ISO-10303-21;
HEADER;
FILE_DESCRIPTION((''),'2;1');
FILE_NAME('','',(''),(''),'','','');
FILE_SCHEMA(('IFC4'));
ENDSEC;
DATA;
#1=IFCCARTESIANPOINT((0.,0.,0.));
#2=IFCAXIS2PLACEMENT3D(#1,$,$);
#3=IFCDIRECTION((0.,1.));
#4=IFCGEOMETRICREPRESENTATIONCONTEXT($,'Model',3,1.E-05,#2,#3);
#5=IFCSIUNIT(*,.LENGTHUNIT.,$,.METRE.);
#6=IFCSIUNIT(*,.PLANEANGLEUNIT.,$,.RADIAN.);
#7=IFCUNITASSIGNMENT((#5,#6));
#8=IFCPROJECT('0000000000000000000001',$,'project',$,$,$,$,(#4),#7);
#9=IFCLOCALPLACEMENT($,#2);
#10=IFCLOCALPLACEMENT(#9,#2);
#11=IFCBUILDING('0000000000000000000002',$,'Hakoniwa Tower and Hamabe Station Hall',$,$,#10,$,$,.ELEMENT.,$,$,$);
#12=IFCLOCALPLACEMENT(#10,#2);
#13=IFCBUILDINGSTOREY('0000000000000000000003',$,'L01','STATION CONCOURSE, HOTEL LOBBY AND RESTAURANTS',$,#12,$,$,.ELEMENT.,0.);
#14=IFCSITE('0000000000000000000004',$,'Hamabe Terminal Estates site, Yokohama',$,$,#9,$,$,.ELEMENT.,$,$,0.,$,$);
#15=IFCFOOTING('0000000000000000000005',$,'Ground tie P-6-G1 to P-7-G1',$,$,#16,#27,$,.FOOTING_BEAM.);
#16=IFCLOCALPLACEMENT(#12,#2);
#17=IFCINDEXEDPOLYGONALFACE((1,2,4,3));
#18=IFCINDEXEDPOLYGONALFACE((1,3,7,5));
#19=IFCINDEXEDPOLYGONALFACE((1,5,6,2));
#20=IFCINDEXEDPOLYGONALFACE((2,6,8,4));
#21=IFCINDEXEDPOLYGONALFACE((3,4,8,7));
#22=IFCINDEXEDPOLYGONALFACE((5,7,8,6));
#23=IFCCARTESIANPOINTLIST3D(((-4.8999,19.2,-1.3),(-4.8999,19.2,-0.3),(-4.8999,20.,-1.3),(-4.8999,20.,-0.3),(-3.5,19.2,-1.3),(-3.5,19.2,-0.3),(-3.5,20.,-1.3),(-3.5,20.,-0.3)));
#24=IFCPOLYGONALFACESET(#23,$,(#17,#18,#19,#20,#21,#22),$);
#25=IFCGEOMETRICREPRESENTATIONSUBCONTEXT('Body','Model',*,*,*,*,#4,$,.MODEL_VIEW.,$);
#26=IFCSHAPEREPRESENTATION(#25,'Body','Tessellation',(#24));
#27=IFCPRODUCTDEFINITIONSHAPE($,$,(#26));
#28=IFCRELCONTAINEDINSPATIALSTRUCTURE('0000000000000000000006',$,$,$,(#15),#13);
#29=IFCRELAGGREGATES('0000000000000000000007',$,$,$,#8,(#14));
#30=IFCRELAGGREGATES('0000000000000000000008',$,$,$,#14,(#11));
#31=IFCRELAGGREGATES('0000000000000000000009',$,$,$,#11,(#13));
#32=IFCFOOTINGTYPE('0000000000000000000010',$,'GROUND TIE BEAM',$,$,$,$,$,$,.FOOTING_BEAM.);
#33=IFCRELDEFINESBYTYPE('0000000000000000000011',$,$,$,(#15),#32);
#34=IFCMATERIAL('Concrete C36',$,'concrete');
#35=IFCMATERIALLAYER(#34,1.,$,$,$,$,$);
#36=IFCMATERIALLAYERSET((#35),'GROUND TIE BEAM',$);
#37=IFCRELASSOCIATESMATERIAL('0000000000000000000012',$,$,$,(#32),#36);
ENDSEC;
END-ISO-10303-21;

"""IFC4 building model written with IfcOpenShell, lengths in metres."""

from ifc_helpers import new_model, si_unit, direction, frame, origin, place, context, subcontext, project, spatial, polyline, outline, extrude, material, layer, layer_set, type_object, element, save


model = new_model("IFC4")

# Units and contexts
model_context = context("Model", 3, precision=1e-05, world=origin(), true_north=direction((0.0, 1.0)))
body_context = subcontext(model_context, "Body", "Model", "MODEL_VIEW")
ifc_project = project(units=[si_unit("LENGTHUNIT", "METRE"), si_unit("PLANEANGLEUNIT", "RADIAN")], contexts=[model_context])

# Site, building, storey
site_placement = place(None, origin())
site = spatial("IfcSite", under=ifc_project, at=site_placement, Name="Hamabe Terminal Estates site, Yokohama", CompositionType="ELEMENT", RefElevation=0.0)
building_placement = place(site_placement, origin())
building = spatial("IfcBuilding", under=site, at=building_placement, Name="Hakoniwa Tower and Hamabe Station Hall", CompositionType="ELEMENT")
storey_placement = place(building_placement, origin())
storey = spatial("IfcBuildingStorey", under=building, at=storey_placement, Name="L01", Description="STATION CONCOURSE, HOTEL LOBBY AND RESTAURANTS", CompositionType="ELEMENT", Elevation=0.0)

# Footing
ifc_material = material(Name="Concrete C36", Category="concrete")
ifc_layer = layer(ifc_material, 1.0)
ifc_layer_set = layer_set([ifc_layer], Name="GROUND TIE BEAM")
footing_type = type_object("IfcFootingType", Name="GROUND TIE BEAM", PredefinedType="FOOTING_BEAM", material=ifc_layer_set)
footing_1_placement = place(storey_placement, frame((0.0, 0.0, -1.3)))
element("IfcFooting", 1, at=footing_1_placement, inside=storey, type_object=footing_type, Name="Ground tie P-6-G1 to P-7-G1", PredefinedType="FOOTING_BEAM", context=body_context, shape_type="SweptSolid", body=[
    extrude(outline(polyline([(-4.8999, 20.0), (-4.8999, 19.2), (-3.5, 19.2), (-3.5, 20.0), (-4.8999, 20.0)])), origin(), (0.0, 0.0, 1.0), 1.0),
])

save(model, "model.ifc")
